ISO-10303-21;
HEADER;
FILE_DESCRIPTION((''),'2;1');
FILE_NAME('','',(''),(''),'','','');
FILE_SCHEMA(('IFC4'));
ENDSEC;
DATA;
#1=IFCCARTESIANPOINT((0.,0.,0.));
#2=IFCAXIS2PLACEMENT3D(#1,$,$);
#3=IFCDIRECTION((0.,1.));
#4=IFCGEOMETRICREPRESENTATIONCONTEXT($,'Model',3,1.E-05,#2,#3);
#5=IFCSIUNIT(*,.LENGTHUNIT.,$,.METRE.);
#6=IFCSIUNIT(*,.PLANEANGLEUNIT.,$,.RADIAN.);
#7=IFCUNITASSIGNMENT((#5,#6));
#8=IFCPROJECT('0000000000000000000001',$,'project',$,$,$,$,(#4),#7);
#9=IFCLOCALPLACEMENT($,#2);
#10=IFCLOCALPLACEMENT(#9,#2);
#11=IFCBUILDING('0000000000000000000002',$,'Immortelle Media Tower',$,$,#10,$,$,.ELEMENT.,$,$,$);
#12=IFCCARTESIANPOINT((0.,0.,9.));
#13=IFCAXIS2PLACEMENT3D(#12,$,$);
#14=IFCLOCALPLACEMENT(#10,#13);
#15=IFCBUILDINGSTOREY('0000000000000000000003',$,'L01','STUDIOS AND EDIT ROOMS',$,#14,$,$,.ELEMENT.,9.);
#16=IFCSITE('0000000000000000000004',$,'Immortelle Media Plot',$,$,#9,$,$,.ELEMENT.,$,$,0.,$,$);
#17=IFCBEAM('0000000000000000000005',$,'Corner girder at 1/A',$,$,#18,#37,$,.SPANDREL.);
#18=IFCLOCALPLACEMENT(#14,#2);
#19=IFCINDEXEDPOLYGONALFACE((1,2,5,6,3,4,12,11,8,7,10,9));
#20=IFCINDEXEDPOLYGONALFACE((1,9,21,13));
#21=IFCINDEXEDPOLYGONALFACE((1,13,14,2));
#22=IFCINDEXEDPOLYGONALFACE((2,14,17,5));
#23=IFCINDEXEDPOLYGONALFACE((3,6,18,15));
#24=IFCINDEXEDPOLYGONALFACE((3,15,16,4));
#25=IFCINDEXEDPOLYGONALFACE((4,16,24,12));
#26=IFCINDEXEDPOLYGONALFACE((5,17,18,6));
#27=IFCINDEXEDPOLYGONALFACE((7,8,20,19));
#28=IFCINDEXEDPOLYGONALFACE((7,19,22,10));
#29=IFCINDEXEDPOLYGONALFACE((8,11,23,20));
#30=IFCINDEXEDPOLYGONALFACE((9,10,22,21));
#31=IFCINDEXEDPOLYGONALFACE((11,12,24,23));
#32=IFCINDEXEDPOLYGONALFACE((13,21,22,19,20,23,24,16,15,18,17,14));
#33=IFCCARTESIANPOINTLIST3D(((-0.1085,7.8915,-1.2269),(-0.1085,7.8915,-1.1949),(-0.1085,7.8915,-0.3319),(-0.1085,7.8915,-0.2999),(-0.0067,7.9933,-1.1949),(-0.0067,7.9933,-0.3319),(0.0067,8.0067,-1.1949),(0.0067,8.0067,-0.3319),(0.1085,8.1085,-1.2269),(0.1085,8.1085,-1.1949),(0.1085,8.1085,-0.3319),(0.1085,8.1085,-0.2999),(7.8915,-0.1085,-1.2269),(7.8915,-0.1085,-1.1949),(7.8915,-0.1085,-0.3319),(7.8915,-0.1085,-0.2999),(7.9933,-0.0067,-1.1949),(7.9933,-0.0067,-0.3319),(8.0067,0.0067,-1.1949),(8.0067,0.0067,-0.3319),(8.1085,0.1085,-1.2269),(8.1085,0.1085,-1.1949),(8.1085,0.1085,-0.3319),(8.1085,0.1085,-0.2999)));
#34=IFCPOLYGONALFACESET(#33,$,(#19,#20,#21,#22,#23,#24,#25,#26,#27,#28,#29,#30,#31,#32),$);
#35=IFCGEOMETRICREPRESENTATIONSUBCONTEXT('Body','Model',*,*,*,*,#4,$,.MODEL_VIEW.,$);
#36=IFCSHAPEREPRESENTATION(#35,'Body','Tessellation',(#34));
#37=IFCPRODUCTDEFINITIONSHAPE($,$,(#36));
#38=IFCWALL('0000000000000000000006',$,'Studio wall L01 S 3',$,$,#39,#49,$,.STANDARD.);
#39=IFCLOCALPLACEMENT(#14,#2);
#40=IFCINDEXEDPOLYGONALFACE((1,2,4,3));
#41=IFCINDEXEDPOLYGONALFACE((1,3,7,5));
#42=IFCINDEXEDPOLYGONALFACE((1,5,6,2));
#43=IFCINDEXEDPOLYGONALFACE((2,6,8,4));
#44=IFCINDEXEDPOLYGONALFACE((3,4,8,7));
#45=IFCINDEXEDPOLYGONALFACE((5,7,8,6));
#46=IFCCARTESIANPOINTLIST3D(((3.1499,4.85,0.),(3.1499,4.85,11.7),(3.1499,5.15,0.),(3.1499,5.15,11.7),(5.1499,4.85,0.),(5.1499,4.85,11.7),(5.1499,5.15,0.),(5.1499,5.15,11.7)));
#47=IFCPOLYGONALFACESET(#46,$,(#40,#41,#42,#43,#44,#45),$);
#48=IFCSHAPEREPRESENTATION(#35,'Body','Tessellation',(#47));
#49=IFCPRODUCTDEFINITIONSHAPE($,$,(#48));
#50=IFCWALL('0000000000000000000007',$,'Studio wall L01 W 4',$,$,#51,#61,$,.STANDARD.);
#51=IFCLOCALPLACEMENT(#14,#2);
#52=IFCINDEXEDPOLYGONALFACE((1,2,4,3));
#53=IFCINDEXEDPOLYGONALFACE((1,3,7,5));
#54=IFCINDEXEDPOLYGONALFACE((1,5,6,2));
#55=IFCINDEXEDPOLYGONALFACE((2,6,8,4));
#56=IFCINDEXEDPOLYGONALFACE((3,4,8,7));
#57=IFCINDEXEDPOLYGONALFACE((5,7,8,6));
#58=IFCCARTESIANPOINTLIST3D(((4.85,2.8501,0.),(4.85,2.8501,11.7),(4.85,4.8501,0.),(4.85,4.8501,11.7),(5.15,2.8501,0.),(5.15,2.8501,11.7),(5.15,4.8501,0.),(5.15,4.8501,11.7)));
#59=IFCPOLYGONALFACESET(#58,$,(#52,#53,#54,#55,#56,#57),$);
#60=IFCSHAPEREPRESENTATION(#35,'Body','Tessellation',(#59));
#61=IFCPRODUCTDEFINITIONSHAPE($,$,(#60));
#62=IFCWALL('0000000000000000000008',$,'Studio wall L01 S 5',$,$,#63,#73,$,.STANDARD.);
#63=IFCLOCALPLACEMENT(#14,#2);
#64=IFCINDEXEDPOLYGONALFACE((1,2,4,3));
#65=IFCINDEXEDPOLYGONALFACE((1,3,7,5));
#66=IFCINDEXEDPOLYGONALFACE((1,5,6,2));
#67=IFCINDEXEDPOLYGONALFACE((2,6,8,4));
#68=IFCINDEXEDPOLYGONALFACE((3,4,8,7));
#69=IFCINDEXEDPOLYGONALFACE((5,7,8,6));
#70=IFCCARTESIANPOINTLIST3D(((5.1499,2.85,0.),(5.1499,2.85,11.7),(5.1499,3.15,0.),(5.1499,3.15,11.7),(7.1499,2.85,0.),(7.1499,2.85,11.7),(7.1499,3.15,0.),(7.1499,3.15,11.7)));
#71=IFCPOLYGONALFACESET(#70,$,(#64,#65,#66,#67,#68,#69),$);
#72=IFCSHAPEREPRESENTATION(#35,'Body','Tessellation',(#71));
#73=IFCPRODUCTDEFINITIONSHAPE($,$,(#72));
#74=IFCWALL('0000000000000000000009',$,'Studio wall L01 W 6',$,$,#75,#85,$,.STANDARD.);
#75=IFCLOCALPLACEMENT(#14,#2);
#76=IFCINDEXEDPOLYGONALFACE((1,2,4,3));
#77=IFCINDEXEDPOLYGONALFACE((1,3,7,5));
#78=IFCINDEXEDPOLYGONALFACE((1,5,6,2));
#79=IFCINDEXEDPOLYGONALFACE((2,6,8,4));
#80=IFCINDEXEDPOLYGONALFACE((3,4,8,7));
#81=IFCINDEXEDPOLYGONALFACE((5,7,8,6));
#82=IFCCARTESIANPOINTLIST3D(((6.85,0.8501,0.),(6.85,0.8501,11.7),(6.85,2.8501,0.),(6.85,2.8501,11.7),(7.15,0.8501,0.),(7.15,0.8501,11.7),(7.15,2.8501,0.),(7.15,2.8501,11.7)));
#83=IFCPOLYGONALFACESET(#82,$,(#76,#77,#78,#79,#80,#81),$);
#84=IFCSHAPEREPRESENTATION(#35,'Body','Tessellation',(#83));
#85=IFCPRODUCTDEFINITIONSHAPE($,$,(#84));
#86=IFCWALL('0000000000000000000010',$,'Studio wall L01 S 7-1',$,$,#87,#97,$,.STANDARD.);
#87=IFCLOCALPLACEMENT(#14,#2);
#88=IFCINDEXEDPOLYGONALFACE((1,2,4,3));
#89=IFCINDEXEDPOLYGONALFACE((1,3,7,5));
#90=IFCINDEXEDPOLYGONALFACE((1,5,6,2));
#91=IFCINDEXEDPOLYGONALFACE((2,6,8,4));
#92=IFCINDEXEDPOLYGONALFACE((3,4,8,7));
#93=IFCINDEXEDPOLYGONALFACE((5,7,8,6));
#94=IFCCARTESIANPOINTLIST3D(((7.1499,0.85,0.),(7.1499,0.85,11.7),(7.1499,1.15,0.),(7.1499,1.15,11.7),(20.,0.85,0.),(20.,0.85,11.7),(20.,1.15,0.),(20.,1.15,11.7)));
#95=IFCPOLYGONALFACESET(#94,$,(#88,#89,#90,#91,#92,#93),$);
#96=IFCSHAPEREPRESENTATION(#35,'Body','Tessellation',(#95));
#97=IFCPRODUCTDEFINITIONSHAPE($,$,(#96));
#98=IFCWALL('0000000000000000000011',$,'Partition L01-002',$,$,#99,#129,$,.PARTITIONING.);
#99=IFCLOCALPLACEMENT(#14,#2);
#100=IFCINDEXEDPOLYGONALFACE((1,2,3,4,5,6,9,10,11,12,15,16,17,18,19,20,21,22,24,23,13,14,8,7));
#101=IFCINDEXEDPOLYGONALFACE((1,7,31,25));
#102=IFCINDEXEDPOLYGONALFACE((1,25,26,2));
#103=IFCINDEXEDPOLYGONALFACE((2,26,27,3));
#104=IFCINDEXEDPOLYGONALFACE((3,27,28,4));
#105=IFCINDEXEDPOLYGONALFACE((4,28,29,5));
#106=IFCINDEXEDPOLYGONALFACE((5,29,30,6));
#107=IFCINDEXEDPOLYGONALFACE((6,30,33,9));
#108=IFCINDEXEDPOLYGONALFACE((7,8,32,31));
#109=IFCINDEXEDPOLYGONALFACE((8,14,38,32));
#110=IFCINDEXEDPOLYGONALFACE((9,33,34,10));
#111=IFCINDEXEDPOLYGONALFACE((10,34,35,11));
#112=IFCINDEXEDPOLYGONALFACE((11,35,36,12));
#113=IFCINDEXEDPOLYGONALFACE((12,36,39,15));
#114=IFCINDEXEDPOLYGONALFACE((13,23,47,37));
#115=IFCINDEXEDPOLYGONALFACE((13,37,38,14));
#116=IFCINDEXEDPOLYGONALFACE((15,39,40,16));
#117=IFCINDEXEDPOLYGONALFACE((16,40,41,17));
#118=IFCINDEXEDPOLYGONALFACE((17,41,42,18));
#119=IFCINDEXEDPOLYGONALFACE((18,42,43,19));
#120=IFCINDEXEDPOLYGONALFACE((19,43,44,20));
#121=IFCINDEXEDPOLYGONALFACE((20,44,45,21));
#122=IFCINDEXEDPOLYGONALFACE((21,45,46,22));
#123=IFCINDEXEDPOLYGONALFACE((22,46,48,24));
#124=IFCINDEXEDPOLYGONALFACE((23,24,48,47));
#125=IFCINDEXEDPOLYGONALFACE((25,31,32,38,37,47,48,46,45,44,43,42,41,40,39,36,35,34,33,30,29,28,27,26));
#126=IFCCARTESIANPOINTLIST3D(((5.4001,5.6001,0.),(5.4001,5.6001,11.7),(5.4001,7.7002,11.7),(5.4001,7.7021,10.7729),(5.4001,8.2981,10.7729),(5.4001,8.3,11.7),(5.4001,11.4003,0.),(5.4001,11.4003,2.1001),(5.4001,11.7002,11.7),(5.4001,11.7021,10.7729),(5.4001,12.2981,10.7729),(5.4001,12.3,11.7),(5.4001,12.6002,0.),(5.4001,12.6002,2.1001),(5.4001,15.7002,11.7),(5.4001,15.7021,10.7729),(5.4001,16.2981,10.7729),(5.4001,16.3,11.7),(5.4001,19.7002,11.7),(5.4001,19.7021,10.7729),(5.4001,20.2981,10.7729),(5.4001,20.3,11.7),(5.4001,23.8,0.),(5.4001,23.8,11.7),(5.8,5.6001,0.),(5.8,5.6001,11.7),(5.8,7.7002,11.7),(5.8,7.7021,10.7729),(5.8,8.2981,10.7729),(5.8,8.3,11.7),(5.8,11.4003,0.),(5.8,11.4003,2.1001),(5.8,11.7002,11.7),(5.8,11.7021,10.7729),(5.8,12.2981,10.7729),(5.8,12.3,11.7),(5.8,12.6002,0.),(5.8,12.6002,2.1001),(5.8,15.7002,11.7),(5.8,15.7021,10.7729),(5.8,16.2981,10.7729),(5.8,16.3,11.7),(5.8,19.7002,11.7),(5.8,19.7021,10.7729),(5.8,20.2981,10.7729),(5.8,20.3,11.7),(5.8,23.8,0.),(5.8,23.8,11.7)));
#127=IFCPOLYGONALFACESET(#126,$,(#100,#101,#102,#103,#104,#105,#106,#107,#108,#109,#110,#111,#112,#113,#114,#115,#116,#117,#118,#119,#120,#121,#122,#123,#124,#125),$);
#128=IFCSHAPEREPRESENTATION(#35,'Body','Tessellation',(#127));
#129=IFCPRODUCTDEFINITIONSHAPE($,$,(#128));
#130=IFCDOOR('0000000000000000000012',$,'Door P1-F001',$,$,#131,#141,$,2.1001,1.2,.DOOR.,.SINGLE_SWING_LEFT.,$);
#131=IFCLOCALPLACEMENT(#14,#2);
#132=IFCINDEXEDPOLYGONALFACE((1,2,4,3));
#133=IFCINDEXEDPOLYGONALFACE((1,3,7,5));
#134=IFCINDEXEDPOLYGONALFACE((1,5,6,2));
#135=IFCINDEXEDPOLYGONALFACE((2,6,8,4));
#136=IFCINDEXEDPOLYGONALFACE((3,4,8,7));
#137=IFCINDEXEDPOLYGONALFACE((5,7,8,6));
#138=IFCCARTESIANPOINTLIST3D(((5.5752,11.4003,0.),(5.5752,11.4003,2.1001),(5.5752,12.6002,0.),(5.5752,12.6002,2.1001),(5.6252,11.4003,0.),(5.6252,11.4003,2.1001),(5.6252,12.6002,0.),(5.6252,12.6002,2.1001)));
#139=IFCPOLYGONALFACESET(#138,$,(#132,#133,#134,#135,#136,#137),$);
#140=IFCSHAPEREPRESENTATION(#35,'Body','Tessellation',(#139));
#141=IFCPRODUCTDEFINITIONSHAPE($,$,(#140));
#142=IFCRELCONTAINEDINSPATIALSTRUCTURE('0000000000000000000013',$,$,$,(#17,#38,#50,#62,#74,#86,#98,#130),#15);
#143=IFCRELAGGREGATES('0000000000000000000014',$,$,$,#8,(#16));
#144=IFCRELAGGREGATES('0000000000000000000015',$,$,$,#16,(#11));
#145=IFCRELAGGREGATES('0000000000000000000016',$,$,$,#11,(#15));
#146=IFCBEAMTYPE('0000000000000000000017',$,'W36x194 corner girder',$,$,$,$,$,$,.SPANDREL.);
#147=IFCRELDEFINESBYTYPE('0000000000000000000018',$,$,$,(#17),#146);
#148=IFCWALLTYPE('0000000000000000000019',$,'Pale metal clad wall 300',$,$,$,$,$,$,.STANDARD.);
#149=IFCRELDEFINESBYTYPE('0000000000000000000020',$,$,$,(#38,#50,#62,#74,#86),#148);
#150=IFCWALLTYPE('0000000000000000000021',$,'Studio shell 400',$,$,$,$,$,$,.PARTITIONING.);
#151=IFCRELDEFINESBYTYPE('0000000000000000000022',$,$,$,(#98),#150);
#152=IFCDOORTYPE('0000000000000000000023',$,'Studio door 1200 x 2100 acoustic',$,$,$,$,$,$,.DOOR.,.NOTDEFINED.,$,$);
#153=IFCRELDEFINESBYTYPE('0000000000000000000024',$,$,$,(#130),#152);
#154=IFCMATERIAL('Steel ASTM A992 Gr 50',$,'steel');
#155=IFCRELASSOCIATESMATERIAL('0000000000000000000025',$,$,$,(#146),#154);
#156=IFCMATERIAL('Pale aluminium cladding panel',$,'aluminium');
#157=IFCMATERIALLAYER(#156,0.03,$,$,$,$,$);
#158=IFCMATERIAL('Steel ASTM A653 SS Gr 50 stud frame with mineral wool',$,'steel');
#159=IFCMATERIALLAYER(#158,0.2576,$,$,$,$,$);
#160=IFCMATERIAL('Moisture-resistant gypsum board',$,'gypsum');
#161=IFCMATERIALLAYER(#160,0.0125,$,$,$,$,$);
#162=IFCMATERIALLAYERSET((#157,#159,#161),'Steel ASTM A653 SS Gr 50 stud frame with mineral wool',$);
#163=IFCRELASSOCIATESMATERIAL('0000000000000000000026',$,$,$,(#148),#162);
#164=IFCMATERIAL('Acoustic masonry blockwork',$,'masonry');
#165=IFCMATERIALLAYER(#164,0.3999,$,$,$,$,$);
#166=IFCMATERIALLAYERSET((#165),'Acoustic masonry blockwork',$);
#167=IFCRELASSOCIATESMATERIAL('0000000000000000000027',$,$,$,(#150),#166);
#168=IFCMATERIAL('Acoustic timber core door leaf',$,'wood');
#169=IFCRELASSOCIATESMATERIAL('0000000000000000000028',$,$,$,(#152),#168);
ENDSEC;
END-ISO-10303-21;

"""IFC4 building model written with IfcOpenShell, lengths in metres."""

from ifc_helpers import new_model, si_unit, direction, frame, frame_2d, origin, origin_2d, place, context, subcontext, project, spatial, polyline, rectangle, i_section, outline, extrude, material, layer, layer_set, material_profile, profile_set, type_object, element, fill, save


model = new_model("IFC4")

# Units and contexts
model_context = context("Model", 3, precision=1e-05, world=origin(), true_north=direction((0.0, 1.0)))
body_context = subcontext(model_context, "Body", "Model", "MODEL_VIEW")
ifc_project = project(units=[si_unit("LENGTHUNIT", "METRE"), si_unit("PLANEANGLEUNIT", "RADIAN")], contexts=[model_context])

# Site, building, storey
site_placement = place(None, origin())
site = spatial("IfcSite", under=ifc_project, at=site_placement, Name="Immortelle Media Plot", CompositionType="ELEMENT", RefElevation=0.0)
building_placement = place(site_placement, origin())
building = spatial("IfcBuilding", under=site, at=building_placement, Name="Immortelle Media Tower", CompositionType="ELEMENT")
storey_placement = place(building_placement, frame((0.0, 0.0, 9.0)))
storey = spatial("IfcBuildingStorey", under=building, at=storey_placement, Name="L01", Description="STUDIOS AND EDIT ROOMS", CompositionType="ELEMENT", Elevation=9.0)

# Shared definitions
ifc_material_1 = material(Name="Steel ASTM A992 Gr 50", Category="steel")

# Beam
ifc_material_profile_1 = material_profile(ifc_material_1, i_section(OverallWidth=0.3069, OverallDepth=0.927, WebThickness=0.019, FlangeThickness=0.032, at=origin_2d()), Name="W36x194")
ifc_profile_set_1 = profile_set([ifc_material_profile_1], Name="Steel ASTM A992 Gr 50")
beam_type_1 = type_object("IfcBeamType", Name="W36x194 corner girder", PredefinedType="SPANDREL", material=ifc_profile_set_1)
beam_1_placement = place(storey_placement, frame((8.0, 0.0, -0.7634), z_axis=(-0.707107, 0.707107, 0.0), x_axis=(-0.707107, -0.707107, 0.0)))
element("IfcBeam", 1, at=beam_1_placement, inside=storey, type_object=beam_type_1, Name="Corner girder at 1/A", PredefinedType="SPANDREL", context=body_context, shape_type="SweptSolid", body=[
    extrude(i_section(OverallWidth=0.3069, OverallDepth=0.927, WebThickness=0.019, FlangeThickness=0.032, at=origin_2d()), origin(), (0.0, 0.0, 1.0), 11.3137),
])

# Walls
ifc_material_2 = material(Name="Pale aluminium cladding panel", Category="aluminium")
ifc_layer_1 = layer(ifc_material_2, 0.03)
ifc_material_3 = material(Name="Steel ASTM A653 SS Gr 50 stud frame with mineral wool", Category="steel")
ifc_layer_2 = layer(ifc_material_3, 0.2576)
ifc_material_4 = material(Name="Moisture-resistant gypsum board", Category="gypsum")
ifc_layer_3 = layer(ifc_material_4, 0.0125)
ifc_layer_set_1 = layer_set([ifc_layer_1, ifc_layer_2, ifc_layer_3], Name="Steel ASTM A653 SS Gr 50 stud frame with mineral wool")
wall_type_1 = type_object("IfcWallType", Name="Pale metal clad wall 300", PredefinedType="STANDARD", material=ifc_layer_set_1)
for number, where, z_axis, x_axis, name in (
    (2, (3.1499, 5.0, 0.0), (0.0, 0.0, 1.0), (1.0, 0.0, 0.0), "Studio wall L01 S 3"),
    (3, (5.0, 4.8501, 0.0), (0.0, 0.0, 1.0), (0.0, -1.0, 0.0), "Studio wall L01 W 4"),
    (4, (5.1499, 3.0, 0.0), (0.0, 0.0, 1.0), (1.0, 0.0, 0.0), "Studio wall L01 S 5"),
    (5, (7.0, 2.8501, 0.0), (0.0, 0.0, 1.0), (0.0, -1.0, 0.0), "Studio wall L01 W 6"),
):
    element("IfcWall", number, at=place(storey_placement, frame(where, z_axis=z_axis, x_axis=x_axis)), inside=storey, type_object=wall_type_1, Name=name, PredefinedType="STANDARD", context=body_context, shape_type="SweptSolid", body=[
        extrude(rectangle(XDim=2.0, YDim=0.3, at=frame_2d((1.0, 0.0))), origin(), (0.0, 0.0, 1.0), 11.7),
    ])
wall_1_placement = place(storey_placement, frame((7.1499, 1.0, 0.0), z_axis=(0.0, 0.0, 1.0), x_axis=(1.0, 0.0, 0.0)))
element("IfcWall", 6, at=wall_1_placement, inside=storey, type_object=wall_type_1, Name="Studio wall L01 S 7-1", PredefinedType="STANDARD", context=body_context, shape_type="SweptSolid", body=[
    extrude(rectangle(XDim=12.8501, YDim=0.3, at=frame_2d((6.425, 0.0))), origin(), (0.0, 0.0, 1.0), 11.7),
])

# Wall, opening, door
ifc_material_5 = material(Name="Acoustic masonry blockwork", Category="masonry")
ifc_layer_4 = layer(ifc_material_5, 0.3999)
ifc_layer_set_2 = layer_set([ifc_layer_4], Name="Acoustic masonry blockwork")
wall_type_2 = type_object("IfcWallType", Name="Studio shell 400", PredefinedType="PARTITIONING", material=ifc_layer_set_2)
wall_2_placement = place(storey_placement, frame((5.6001, 5.6001, 0.0), z_axis=(0.0, 0.0, 1.0), x_axis=(0.0, 1.0, 0.0)))
wall_2 = element("IfcWall", 7, at=wall_2_placement, inside=storey, type_object=wall_type_2, Name="Partition L01-002", PredefinedType="PARTITIONING", context=body_context, shape_type="SweptSolid", body=[
    extrude(outline(polyline([(0.0, 0.0), (18.2, 0.0), (18.2, 11.7), (14.7, 11.7), (14.698, 10.7729), (14.1021, 10.7729), (14.1001, 11.7), (10.7, 11.7), (10.698, 10.7729), (10.1021, 10.7729), (10.1001, 11.7), (6.7, 11.7), (6.698, 10.7729), (6.1021, 10.7729), (6.1001, 11.7), (2.7, 11.7), (2.698, 10.7729), (2.1021, 10.7729), (2.1001, 11.7), (0.0, 11.7), (0.0, 0.0)])), frame((0.0, 0.2, 0.0), z_axis=(0.0, -1.0, 0.0), x_axis=(1.0, 0.0, 0.0)), (0.0, 0.0, 1.0), 0.3999),
])
opening_placement = place(wall_2_placement, frame((5.8, 0.0, 0.0)))
opening = element("IfcOpeningElement", 8, at=opening_placement, cuts=wall_2, PredefinedType="OPENING", context=body_context, shape_type="SweptSolid", body=[
    extrude(rectangle(XDim=1.2, YDim=2.1001, at=frame_2d((0.6001, 1.05))), frame((0.0, 0.21, 0.0), z_axis=(0.0, -1.0, 0.0), x_axis=(1.0, 0.0, 0.0)), (0.0, 0.0, 1.0), 0.4199),
])
ifc_material_6 = material(Name="Acoustic timber core door leaf", Category="wood")
door_type = type_object("IfcDoorType", Name="Studio door 1200 x 2100 acoustic", OperationType="NOTDEFINED", PredefinedType="DOOR", material=ifc_material_6)
door_placement = place(opening_placement, origin())
door = element("IfcDoor", 9, at=door_placement, inside=storey, type_object=door_type, Name="Door P1-F001", OperationType="SINGLE_SWING_LEFT", OverallHeight=2.1001, OverallWidth=1.2, PredefinedType="DOOR", context=body_context, shape_type="SweptSolid", body=[
    extrude(rectangle(XDim=1.2, YDim=2.1001, at=frame_2d((0.6001, 1.05))), frame((0.0, 0.0249, 0.0), z_axis=(0.0, -1.0, 0.0), x_axis=(1.0, 0.0, 0.0)), (0.0, 0.0, 1.0), 0.05),
])
fill(opening, door)

save(model, "model.ifc")
